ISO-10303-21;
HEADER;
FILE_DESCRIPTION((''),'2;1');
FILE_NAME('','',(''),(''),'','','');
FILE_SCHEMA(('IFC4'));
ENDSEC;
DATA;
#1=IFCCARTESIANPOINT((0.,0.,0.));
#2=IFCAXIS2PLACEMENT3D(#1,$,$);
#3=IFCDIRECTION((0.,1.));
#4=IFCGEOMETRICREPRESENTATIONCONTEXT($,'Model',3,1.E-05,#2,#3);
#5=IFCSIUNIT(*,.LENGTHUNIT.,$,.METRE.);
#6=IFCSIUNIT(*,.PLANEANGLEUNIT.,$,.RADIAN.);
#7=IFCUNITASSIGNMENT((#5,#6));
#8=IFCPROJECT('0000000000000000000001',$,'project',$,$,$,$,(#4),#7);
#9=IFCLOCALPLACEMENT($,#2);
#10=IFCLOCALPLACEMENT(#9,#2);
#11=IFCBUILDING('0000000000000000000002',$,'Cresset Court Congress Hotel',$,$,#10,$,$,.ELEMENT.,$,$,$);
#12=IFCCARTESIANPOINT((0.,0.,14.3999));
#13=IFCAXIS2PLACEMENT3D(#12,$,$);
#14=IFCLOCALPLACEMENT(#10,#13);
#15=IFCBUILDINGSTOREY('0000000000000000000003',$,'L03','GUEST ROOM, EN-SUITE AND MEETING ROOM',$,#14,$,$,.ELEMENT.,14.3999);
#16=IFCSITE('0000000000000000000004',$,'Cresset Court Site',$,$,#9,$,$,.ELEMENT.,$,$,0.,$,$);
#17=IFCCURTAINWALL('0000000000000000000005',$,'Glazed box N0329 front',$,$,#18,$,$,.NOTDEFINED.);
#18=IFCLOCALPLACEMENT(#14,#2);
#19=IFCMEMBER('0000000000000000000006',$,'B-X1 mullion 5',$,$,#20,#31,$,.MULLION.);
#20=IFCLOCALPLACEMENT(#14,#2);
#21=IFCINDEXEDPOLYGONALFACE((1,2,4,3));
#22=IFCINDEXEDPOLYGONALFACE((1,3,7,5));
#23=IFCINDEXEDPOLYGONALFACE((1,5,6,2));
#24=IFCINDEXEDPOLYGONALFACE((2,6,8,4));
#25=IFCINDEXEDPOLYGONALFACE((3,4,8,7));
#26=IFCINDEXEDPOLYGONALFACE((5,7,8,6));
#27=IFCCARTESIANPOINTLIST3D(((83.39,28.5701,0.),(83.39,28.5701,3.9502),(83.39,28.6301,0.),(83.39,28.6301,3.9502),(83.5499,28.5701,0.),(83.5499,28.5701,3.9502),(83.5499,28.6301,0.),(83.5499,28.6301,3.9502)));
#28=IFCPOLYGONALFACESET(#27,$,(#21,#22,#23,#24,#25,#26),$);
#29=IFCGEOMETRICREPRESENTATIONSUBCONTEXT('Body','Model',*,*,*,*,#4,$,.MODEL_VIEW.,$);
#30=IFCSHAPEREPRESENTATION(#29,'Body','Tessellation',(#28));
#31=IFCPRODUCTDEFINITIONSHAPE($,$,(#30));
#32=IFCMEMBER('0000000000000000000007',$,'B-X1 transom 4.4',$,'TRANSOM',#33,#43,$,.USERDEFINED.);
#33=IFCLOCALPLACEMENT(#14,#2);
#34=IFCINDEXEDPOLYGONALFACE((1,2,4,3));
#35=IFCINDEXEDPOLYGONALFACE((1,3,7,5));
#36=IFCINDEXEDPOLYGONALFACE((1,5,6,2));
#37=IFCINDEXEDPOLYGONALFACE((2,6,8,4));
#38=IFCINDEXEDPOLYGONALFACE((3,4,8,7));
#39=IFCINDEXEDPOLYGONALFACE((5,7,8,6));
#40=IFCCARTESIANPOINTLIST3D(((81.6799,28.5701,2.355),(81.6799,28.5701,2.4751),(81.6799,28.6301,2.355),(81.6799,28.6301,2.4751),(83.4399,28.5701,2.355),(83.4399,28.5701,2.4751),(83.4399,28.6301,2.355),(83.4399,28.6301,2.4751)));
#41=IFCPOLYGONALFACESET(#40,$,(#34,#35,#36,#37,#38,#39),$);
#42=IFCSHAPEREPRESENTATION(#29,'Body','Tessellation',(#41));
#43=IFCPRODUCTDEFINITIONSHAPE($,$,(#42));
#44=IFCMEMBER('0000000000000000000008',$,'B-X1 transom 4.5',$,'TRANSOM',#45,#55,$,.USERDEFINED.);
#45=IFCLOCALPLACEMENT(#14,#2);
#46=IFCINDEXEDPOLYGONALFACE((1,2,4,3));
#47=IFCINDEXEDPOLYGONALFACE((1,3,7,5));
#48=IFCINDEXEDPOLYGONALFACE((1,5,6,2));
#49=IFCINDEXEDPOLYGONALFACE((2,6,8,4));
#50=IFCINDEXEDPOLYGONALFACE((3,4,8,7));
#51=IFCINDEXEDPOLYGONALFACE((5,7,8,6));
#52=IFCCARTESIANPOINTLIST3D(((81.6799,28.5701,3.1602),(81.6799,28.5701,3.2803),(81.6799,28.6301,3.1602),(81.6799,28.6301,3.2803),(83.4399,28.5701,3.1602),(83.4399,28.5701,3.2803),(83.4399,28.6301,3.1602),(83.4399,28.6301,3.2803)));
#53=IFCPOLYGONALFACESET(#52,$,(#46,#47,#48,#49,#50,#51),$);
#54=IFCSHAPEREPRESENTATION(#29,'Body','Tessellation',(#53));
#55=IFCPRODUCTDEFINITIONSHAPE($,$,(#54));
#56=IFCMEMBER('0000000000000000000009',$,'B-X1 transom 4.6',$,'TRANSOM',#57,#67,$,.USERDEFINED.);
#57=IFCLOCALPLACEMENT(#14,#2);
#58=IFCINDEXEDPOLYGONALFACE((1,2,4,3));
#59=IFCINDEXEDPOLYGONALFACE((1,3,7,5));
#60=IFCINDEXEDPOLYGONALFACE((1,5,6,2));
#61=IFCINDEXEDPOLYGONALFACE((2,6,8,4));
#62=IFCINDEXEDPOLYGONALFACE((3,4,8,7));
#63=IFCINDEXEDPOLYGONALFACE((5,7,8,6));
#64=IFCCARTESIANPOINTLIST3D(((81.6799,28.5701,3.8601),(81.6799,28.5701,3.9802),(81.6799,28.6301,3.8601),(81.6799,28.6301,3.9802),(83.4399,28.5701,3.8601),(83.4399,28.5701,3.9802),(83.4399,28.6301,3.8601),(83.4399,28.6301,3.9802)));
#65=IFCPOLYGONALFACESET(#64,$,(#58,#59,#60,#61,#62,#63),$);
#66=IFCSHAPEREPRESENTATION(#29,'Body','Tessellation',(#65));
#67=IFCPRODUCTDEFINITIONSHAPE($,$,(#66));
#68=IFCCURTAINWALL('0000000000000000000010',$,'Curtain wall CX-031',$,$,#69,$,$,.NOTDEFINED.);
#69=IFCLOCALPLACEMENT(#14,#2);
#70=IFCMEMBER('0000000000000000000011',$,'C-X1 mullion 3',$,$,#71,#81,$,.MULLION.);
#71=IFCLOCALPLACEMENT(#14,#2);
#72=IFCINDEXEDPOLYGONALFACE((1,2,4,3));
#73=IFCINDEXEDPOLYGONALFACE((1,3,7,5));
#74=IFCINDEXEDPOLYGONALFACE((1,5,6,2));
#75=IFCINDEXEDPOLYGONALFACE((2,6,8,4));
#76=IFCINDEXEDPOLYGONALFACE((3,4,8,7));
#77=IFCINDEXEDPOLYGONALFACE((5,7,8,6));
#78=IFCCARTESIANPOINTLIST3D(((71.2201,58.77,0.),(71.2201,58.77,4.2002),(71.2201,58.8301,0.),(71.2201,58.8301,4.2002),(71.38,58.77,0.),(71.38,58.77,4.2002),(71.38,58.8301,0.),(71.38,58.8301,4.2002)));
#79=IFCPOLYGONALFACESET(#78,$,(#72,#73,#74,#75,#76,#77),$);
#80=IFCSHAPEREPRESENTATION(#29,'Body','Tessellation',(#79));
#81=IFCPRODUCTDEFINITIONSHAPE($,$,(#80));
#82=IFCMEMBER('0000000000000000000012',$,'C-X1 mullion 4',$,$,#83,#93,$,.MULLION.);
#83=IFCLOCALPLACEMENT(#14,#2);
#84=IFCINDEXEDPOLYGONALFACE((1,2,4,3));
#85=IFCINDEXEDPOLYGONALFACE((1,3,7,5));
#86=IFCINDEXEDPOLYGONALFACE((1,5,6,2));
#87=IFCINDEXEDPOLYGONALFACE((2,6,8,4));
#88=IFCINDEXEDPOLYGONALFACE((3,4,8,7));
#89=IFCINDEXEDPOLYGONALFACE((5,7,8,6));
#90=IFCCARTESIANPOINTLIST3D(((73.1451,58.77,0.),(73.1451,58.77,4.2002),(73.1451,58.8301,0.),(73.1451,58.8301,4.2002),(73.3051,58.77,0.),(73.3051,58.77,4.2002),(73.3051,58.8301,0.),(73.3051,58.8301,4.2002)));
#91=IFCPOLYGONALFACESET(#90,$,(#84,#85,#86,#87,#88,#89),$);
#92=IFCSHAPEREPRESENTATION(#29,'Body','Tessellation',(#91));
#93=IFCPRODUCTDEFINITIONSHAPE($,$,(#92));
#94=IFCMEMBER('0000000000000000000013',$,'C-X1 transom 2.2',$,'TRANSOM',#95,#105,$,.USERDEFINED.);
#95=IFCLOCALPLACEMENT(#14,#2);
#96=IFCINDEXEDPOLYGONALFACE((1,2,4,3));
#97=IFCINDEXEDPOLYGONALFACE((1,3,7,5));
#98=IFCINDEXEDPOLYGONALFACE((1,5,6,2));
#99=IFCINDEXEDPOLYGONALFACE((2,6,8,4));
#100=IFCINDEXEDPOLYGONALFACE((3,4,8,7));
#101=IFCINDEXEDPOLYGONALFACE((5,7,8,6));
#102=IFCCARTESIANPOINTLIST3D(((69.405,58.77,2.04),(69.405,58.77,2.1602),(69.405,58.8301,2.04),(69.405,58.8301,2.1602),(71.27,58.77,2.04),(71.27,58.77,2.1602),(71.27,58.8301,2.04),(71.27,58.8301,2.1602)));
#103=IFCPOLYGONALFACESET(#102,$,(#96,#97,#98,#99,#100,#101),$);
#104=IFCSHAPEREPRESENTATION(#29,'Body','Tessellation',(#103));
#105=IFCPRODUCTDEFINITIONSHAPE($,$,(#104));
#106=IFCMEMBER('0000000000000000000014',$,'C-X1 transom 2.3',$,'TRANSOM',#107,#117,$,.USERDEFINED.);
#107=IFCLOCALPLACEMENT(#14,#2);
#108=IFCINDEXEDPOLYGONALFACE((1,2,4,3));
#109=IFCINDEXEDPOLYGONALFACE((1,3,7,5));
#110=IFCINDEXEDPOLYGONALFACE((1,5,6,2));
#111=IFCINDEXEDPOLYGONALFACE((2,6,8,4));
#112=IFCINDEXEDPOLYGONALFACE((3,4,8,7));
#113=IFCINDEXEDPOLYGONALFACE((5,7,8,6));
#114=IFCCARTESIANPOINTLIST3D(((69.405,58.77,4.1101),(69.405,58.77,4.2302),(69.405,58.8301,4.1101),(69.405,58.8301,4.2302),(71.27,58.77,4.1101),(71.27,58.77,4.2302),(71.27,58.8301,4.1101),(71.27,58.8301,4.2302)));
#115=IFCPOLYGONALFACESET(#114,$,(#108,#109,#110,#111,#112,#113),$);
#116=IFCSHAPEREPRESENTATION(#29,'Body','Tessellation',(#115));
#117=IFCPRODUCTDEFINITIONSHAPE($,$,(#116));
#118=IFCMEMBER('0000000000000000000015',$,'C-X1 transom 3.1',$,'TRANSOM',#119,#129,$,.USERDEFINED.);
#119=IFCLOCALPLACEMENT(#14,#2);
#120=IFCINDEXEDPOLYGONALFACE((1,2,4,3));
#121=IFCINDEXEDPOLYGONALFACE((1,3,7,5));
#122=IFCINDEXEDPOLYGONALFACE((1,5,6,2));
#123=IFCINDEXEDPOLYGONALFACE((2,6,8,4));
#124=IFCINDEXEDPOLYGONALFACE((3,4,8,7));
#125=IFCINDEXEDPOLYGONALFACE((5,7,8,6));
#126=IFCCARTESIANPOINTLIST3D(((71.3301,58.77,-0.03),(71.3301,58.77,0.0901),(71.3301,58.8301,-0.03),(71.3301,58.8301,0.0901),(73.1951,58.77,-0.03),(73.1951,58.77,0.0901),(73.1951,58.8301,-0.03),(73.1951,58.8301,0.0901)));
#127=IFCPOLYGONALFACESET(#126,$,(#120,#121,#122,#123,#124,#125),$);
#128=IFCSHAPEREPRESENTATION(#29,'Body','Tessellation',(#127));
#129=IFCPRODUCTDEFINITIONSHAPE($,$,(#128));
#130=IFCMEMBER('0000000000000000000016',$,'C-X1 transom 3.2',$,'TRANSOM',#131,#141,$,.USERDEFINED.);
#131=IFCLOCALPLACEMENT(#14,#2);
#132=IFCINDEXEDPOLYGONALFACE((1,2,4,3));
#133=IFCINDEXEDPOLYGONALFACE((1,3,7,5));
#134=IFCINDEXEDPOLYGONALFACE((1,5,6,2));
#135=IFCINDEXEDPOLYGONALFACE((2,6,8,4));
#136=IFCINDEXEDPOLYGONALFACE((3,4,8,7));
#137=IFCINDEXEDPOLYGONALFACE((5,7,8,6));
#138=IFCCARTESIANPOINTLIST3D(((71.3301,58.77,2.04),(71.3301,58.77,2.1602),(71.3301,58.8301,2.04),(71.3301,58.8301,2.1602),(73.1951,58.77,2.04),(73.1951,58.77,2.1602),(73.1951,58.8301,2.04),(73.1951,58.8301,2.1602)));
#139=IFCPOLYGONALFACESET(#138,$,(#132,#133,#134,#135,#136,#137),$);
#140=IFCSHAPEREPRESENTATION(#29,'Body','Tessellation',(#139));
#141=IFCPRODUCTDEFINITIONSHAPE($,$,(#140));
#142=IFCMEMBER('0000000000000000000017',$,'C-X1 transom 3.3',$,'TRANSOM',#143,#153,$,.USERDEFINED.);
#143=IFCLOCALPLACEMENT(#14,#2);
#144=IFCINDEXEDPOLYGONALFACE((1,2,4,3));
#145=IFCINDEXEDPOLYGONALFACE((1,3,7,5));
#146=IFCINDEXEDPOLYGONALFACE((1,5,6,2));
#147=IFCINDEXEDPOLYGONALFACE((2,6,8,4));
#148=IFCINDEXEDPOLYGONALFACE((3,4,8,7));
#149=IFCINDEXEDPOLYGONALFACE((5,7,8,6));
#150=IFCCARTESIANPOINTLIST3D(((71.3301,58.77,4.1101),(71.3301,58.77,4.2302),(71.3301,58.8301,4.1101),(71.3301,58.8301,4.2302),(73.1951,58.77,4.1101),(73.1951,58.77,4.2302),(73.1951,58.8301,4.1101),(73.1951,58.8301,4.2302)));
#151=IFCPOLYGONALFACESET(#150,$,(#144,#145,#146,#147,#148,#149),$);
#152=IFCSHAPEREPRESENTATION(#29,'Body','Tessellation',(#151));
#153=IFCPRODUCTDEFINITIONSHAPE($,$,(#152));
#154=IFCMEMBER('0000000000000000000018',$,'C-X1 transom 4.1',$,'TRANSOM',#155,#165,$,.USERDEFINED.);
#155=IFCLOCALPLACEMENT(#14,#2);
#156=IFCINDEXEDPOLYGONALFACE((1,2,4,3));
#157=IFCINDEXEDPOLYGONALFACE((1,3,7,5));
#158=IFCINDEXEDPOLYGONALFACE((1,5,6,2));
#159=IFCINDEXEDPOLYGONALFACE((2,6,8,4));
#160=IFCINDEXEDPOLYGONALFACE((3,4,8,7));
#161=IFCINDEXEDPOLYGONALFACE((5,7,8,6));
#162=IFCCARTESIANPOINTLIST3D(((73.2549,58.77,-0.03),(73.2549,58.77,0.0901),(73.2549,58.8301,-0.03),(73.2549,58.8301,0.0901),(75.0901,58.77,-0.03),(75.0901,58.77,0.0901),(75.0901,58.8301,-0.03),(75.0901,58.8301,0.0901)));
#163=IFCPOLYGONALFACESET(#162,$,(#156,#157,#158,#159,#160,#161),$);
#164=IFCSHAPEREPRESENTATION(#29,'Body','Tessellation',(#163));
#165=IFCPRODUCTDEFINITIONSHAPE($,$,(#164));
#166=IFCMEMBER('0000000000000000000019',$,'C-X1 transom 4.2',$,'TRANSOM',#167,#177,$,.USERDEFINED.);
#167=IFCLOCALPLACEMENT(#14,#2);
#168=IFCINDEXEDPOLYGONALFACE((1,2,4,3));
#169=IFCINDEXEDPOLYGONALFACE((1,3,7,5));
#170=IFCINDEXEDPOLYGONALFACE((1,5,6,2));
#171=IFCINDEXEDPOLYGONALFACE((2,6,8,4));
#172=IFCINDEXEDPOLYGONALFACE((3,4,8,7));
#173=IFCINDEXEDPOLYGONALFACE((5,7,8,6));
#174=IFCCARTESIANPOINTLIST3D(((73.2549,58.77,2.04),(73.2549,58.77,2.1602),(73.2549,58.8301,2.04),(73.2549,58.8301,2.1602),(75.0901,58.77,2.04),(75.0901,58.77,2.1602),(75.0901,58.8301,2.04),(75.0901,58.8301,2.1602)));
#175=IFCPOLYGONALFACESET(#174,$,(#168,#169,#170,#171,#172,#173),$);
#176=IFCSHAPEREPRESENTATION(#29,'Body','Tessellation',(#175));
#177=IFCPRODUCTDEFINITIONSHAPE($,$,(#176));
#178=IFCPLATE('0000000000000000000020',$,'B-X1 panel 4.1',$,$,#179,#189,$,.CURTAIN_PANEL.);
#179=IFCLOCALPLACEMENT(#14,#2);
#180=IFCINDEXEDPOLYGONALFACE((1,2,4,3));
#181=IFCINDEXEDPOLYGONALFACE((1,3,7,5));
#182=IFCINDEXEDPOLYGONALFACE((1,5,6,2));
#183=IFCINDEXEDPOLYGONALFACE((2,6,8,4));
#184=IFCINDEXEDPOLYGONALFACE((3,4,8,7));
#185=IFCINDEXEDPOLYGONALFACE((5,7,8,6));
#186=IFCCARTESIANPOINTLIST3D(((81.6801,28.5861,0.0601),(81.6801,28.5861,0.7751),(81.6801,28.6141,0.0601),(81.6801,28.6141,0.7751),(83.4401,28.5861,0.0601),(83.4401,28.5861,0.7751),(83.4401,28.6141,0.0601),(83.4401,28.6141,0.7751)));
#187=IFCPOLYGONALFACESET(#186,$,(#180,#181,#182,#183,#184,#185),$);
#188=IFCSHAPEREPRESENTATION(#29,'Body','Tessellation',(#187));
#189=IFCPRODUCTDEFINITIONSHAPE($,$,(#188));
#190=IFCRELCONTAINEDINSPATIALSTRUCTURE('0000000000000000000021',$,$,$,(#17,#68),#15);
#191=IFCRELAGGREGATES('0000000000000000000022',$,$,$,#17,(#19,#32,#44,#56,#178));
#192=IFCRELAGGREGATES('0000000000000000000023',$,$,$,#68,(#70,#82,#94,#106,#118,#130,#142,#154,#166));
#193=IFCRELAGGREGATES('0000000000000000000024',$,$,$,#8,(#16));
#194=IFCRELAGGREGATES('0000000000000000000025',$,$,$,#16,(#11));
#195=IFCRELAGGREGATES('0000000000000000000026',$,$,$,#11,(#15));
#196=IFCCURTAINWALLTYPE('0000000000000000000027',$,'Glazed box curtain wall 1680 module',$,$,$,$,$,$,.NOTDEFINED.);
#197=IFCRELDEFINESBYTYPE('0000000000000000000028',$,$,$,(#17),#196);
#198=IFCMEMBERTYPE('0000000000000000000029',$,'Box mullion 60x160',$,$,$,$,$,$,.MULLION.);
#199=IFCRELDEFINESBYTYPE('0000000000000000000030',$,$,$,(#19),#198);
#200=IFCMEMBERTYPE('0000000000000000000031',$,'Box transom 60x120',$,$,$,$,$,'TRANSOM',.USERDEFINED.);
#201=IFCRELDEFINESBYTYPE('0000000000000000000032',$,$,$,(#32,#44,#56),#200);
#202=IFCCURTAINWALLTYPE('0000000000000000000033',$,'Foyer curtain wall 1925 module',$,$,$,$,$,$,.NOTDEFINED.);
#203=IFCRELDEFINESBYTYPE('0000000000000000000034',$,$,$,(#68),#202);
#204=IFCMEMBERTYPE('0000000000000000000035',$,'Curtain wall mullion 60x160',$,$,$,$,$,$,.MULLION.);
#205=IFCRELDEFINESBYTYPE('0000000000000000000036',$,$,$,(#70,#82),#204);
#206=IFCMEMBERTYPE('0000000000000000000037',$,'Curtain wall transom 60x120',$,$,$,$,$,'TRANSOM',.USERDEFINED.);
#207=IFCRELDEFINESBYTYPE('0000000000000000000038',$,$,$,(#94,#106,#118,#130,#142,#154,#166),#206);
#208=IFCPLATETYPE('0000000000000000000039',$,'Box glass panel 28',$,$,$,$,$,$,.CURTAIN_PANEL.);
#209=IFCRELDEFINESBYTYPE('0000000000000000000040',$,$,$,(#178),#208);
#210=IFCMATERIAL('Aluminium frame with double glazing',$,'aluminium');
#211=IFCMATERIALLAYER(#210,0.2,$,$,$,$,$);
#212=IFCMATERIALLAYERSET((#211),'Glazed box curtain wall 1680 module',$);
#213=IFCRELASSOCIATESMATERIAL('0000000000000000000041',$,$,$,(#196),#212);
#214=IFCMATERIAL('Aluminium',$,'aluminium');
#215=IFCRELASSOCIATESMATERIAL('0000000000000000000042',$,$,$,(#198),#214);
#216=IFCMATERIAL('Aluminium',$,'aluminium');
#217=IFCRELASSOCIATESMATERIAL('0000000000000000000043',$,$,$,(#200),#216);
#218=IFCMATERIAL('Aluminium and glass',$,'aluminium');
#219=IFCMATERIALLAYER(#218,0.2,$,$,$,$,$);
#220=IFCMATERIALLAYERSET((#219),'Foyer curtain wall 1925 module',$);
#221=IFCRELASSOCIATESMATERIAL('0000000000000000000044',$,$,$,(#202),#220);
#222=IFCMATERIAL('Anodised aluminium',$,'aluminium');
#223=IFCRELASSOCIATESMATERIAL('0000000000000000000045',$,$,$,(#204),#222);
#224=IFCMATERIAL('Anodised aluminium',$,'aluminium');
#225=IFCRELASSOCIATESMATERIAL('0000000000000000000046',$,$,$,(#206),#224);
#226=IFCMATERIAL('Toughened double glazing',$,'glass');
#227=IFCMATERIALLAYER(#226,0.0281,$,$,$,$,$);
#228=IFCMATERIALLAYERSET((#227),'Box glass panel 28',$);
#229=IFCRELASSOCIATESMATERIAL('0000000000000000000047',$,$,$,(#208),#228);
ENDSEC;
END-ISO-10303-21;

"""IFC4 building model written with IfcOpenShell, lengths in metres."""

from ifc_helpers import new_model, si_unit, direction, frame, origin, origin_2d, place, context, subcontext, project, spatial, rectangle, extrude, material, layer, layer_set, material_profile, profile_set, type_object, element, aggregate, save


model = new_model("IFC4")

# Units and contexts
model_context = context("Model", 3, precision=1e-05, world=origin(), true_north=direction((0.0, 1.0)))
body_context = subcontext(model_context, "Body", "Model", "MODEL_VIEW")
ifc_project = project(units=[si_unit("LENGTHUNIT", "METRE"), si_unit("PLANEANGLEUNIT", "RADIAN")], contexts=[model_context])

# Site, building, storey
site_placement = place(None, origin())
site = spatial("IfcSite", under=ifc_project, at=site_placement, Name="Cresset Court Site", CompositionType="ELEMENT", RefElevation=0.0)
building_placement = place(site_placement, origin())
building = spatial("IfcBuilding", under=site, at=building_placement, Name="Cresset Court Congress Hotel", CompositionType="ELEMENT")
storey_placement = place(building_placement, frame((0.0, 0.0, 14.3999)))
storey = spatial("IfcBuildingStorey", under=building, at=storey_placement, Name="L03", Description="GUEST ROOM, EN-SUITE AND MEETING ROOM", CompositionType="ELEMENT", Elevation=14.3999)

# Curtain walls, members
ifc_material_1 = material(Name="Aluminium frame with double glazing", Category="aluminium")
ifc_layer_1 = layer(ifc_material_1, 0.2)
ifc_layer_set_1 = layer_set([ifc_layer_1], Name="Glazed box curtain wall 1680 module")
curtain_wall_type_1 = type_object("IfcCurtainWallType", Name="Glazed box curtain wall 1680 module", PredefinedType="NOTDEFINED", material=ifc_layer_set_1)
curtain_wall_1_placement = place(storey_placement, origin())
curtain_wall_1 = element("IfcCurtainWall", 1, at=curtain_wall_1_placement, inside=storey, type_object=curtain_wall_type_1, Name="Glazed box N0329 front", PredefinedType="NOTDEFINED")
ifc_material_2 = material(Name="Aluminium", Category="aluminium")
ifc_material_profile_1 = material_profile(ifc_material_2, rectangle(XDim=0.0601, YDim=0.1599, at=origin_2d()), Name="Box mullion 60x160")
ifc_profile_set_1 = profile_set([ifc_material_profile_1], Name="Aluminium")
member_type_1 = type_object("IfcMemberType", Name="Box mullion 60x160", PredefinedType="MULLION", material=ifc_profile_set_1)
member_1_placement = place(storey_placement, frame((83.47, 28.6001, 0.0), z_axis=(0.0, 0.0, 1.0), x_axis=(0.0, 1.0, 0.0)))
member_1 = element("IfcMember", 2, at=member_1_placement, type_object=member_type_1, Name="B-X1 mullion 5", PredefinedType="MULLION", context=body_context, shape_type="SweptSolid", body=[
    extrude(rectangle(XDim=0.0601, YDim=0.1599, at=origin_2d()), origin(), (0.0, 0.0, 1.0), 3.9502),
])
ifc_material_3 = material(Name="Aluminium", Category="aluminium")
ifc_material_profile_2 = material_profile(ifc_material_3, rectangle(XDim=0.0601, YDim=0.1201, at=origin_2d()), Name="Box transom 60x120")
ifc_profile_set_2 = profile_set([ifc_material_profile_2], Name="Aluminium")
member_type_2 = type_object("IfcMemberType", Name="Box transom 60x120", ElementType="TRANSOM", PredefinedType="USERDEFINED", material=ifc_profile_set_2)
member_2_placement = place(storey_placement, frame((81.6799, 28.6001, 2.415), z_axis=(1.0, 0.0, 0.0), x_axis=(0.0, 1.0, 0.0)))
member_2 = element("IfcMember", 3, at=member_2_placement, type_object=member_type_2, Name="B-X1 transom 4.4", ObjectType="TRANSOM", PredefinedType="USERDEFINED", context=body_context, shape_type="SweptSolid", body=[
    extrude(rectangle(XDim=0.0601, YDim=0.1201, at=origin_2d()), origin(), (0.0, 0.0, 1.0), 1.76),
])
member_3_placement = place(storey_placement, frame((81.6799, 28.6001, 3.2202), z_axis=(1.0, 0.0, 0.0), x_axis=(0.0, 1.0, 0.0)))
member_3 = element("IfcMember", 4, at=member_3_placement, type_object=member_type_2, Name="B-X1 transom 4.5", ObjectType="TRANSOM", PredefinedType="USERDEFINED", context=body_context, shape_type="SweptSolid", body=[
    extrude(rectangle(XDim=0.0601, YDim=0.1201, at=origin_2d()), origin(), (0.0, 0.0, 1.0), 1.76),
])
member_4_placement = place(storey_placement, frame((81.6799, 28.6001, 3.9202), z_axis=(1.0, 0.0, 0.0), x_axis=(0.0, 1.0, 0.0)))
member_4 = element("IfcMember", 5, at=member_4_placement, type_object=member_type_2, Name="B-X1 transom 4.6", ObjectType="TRANSOM", PredefinedType="USERDEFINED", context=body_context, shape_type="SweptSolid", body=[
    extrude(rectangle(XDim=0.0601, YDim=0.1201, at=origin_2d()), origin(), (0.0, 0.0, 1.0), 1.76),
])
ifc_material_4 = material(Name="Aluminium and glass", Category="aluminium")
ifc_layer_2 = layer(ifc_material_4, 0.2)
ifc_layer_set_2 = layer_set([ifc_layer_2], Name="Foyer curtain wall 1925 module")
curtain_wall_type_2 = type_object("IfcCurtainWallType", Name="Foyer curtain wall 1925 module", PredefinedType="NOTDEFINED", material=ifc_layer_set_2)
curtain_wall_2_placement = place(storey_placement, origin())
curtain_wall_2 = element("IfcCurtainWall", 6, at=curtain_wall_2_placement, inside=storey, type_object=curtain_wall_type_2, Name="Curtain wall CX-031", PredefinedType="NOTDEFINED")
ifc_material_5 = material(Name="Anodised aluminium", Category="aluminium")
ifc_material_profile_3 = material_profile(ifc_material_5, rectangle(XDim=0.0601, YDim=0.1599, at=origin_2d()), Name="AL60x160")
ifc_profile_set_3 = profile_set([ifc_material_profile_3], Name="Anodised aluminium")
member_type_3 = type_object("IfcMemberType", Name="Curtain wall mullion 60x160", PredefinedType="MULLION", material=ifc_profile_set_3)
member_5_placement = place(storey_placement, frame((71.3, 58.8, 0.0), z_axis=(0.0, 0.0, 1.0), x_axis=(0.0, 1.0, 0.0)))
member_5 = element("IfcMember", 7, at=member_5_placement, type_object=member_type_3, Name="C-X1 mullion 3", PredefinedType="MULLION", context=body_context, shape_type="SweptSolid", body=[
    extrude(rectangle(XDim=0.0601, YDim=0.1599, at=origin_2d()), origin(), (0.0, 0.0, 1.0), 4.2002),
])
member_6_placement = place(storey_placement, frame((73.2251, 58.8, 0.0), z_axis=(0.0, 0.0, 1.0), x_axis=(0.0, 1.0, 0.0)))
member_6 = element("IfcMember", 8, at=member_6_placement, type_object=member_type_3, Name="C-X1 mullion 4", PredefinedType="MULLION", context=body_context, shape_type="SweptSolid", body=[
    extrude(rectangle(XDim=0.0601, YDim=0.1599, at=origin_2d()), origin(), (0.0, 0.0, 1.0), 4.2002),
])
ifc_material_6 = material(Name="Anodised aluminium", Category="aluminium")
ifc_material_profile_4 = material_profile(ifc_material_6, rectangle(XDim=0.0601, YDim=0.1201, at=origin_2d()), Name="AL60x120")
ifc_profile_set_4 = profile_set([ifc_material_profile_4], Name="Anodised aluminium")
member_type_4 = type_object("IfcMemberType", Name="Curtain wall transom 60x120", ElementType="TRANSOM", PredefinedType="USERDEFINED", material=ifc_profile_set_4)
member_7_placement = place(storey_placement, frame((69.405, 58.8, 2.1001), z_axis=(1.0, 0.0, 0.0), x_axis=(0.0, 1.0, 0.0)))
member_7 = element("IfcMember", 9, at=member_7_placement, type_object=member_type_4, Name="C-X1 transom 2.2", ObjectType="TRANSOM", PredefinedType="USERDEFINED", context=body_context, shape_type="SweptSolid", body=[
    extrude(rectangle(XDim=0.0601, YDim=0.1201, at=origin_2d()), origin(), (0.0, 0.0, 1.0), 1.865),
])
member_8_placement = place(storey_placement, frame((69.405, 58.8, 4.1702), z_axis=(1.0, 0.0, 0.0), x_axis=(0.0, 1.0, 0.0)))
member_8 = element("IfcMember", 10, at=member_8_placement, type_object=member_type_4, Name="C-X1 transom 2.3", ObjectType="TRANSOM", PredefinedType="USERDEFINED", context=body_context, shape_type="SweptSolid", body=[
    extrude(rectangle(XDim=0.0601, YDim=0.1201, at=origin_2d()), origin(), (0.0, 0.0, 1.0), 1.865),
])
member_9_placement = place(storey_placement, frame((71.3301, 58.8, 0.03), z_axis=(1.0, 0.0, 0.0), x_axis=(0.0, 1.0, 0.0)))
member_9 = element("IfcMember", 11, at=member_9_placement, type_object=member_type_4, Name="C-X1 transom 3.1", ObjectType="TRANSOM", PredefinedType="USERDEFINED", context=body_context, shape_type="SweptSolid", body=[
    extrude(rectangle(XDim=0.0601, YDim=0.1201, at=origin_2d()), origin(), (0.0, 0.0, 1.0), 1.865),
])
member_10_placement = place(storey_placement, frame((71.3301, 58.8, 2.1001), z_axis=(1.0, 0.0, 0.0), x_axis=(0.0, 1.0, 0.0)))
member_10 = element("IfcMember", 12, at=member_10_placement, type_object=member_type_4, Name="C-X1 transom 3.2", ObjectType="TRANSOM", PredefinedType="USERDEFINED", context=body_context, shape_type="SweptSolid", body=[
    extrude(rectangle(XDim=0.0601, YDim=0.1201, at=origin_2d()), origin(), (0.0, 0.0, 1.0), 1.865),
])
member_11_placement = place(storey_placement, frame((71.3301, 58.8, 4.1702), z_axis=(1.0, 0.0, 0.0), x_axis=(0.0, 1.0, 0.0)))
member_11 = element("IfcMember", 13, at=member_11_placement, type_object=member_type_4, Name="C-X1 transom 3.3", ObjectType="TRANSOM", PredefinedType="USERDEFINED", context=body_context, shape_type="SweptSolid", body=[
    extrude(rectangle(XDim=0.0601, YDim=0.1201, at=origin_2d()), origin(), (0.0, 0.0, 1.0), 1.865),
])
member_12_placement = place(storey_placement, frame((73.2549, 58.8, 0.03), z_axis=(1.0, 0.0, 0.0), x_axis=(0.0, 1.0, 0.0)))
member_12 = element("IfcMember", 14, at=member_12_placement, type_object=member_type_4, Name="C-X1 transom 4.1", ObjectType="TRANSOM", PredefinedType="USERDEFINED", context=body_context, shape_type="SweptSolid", body=[
    extrude(rectangle(XDim=0.0601, YDim=0.1201, at=origin_2d()), origin(), (0.0, 0.0, 1.0), 1.8352),
])
member_13_placement = place(storey_placement, frame((73.2549, 58.8, 2.1001), z_axis=(1.0, 0.0, 0.0), x_axis=(0.0, 1.0, 0.0)))
member_13 = element("IfcMember", 15, at=member_13_placement, type_object=member_type_4, Name="C-X1 transom 4.2", ObjectType="TRANSOM", PredefinedType="USERDEFINED", context=body_context, shape_type="SweptSolid", body=[
    extrude(rectangle(XDim=0.0601, YDim=0.1201, at=origin_2d()), origin(), (0.0, 0.0, 1.0), 1.8352),
])

# Plate
ifc_material_7 = material(Name="Toughened double glazing", Category="glass")
ifc_layer_3 = layer(ifc_material_7, 0.0281)
ifc_layer_set_3 = layer_set([ifc_layer_3], Name="Box glass panel 28")
plate_type_1 = type_object("IfcPlateType", Name="Box glass panel 28", PredefinedType="CURTAIN_PANEL", material=ifc_layer_set_3)
plate_1_placement = place(storey_placement, frame((82.5601, 28.6001, 0.0601), z_axis=(0.0, 0.0, 1.0), x_axis=(1.0, 0.0, 0.0)))
plate_1 = element("IfcPlate", 16, at=plate_1_placement, type_object=plate_type_1, Name="B-X1 panel 4.1", PredefinedType="CURTAIN_PANEL", context=body_context, shape_type="SweptSolid", body=[
    extrude(rectangle(XDim=1.76, YDim=0.0281, at=origin_2d()), origin(), (0.0, 0.0, 1.0), 0.7151),
])
aggregate(curtain_wall_1, [member_1, member_2, member_3, member_4, plate_1])
aggregate(curtain_wall_2, [member_5, member_6, member_7, member_8, member_9, member_10, member_11, member_12, member_13])

save(model, "model.ifc")
